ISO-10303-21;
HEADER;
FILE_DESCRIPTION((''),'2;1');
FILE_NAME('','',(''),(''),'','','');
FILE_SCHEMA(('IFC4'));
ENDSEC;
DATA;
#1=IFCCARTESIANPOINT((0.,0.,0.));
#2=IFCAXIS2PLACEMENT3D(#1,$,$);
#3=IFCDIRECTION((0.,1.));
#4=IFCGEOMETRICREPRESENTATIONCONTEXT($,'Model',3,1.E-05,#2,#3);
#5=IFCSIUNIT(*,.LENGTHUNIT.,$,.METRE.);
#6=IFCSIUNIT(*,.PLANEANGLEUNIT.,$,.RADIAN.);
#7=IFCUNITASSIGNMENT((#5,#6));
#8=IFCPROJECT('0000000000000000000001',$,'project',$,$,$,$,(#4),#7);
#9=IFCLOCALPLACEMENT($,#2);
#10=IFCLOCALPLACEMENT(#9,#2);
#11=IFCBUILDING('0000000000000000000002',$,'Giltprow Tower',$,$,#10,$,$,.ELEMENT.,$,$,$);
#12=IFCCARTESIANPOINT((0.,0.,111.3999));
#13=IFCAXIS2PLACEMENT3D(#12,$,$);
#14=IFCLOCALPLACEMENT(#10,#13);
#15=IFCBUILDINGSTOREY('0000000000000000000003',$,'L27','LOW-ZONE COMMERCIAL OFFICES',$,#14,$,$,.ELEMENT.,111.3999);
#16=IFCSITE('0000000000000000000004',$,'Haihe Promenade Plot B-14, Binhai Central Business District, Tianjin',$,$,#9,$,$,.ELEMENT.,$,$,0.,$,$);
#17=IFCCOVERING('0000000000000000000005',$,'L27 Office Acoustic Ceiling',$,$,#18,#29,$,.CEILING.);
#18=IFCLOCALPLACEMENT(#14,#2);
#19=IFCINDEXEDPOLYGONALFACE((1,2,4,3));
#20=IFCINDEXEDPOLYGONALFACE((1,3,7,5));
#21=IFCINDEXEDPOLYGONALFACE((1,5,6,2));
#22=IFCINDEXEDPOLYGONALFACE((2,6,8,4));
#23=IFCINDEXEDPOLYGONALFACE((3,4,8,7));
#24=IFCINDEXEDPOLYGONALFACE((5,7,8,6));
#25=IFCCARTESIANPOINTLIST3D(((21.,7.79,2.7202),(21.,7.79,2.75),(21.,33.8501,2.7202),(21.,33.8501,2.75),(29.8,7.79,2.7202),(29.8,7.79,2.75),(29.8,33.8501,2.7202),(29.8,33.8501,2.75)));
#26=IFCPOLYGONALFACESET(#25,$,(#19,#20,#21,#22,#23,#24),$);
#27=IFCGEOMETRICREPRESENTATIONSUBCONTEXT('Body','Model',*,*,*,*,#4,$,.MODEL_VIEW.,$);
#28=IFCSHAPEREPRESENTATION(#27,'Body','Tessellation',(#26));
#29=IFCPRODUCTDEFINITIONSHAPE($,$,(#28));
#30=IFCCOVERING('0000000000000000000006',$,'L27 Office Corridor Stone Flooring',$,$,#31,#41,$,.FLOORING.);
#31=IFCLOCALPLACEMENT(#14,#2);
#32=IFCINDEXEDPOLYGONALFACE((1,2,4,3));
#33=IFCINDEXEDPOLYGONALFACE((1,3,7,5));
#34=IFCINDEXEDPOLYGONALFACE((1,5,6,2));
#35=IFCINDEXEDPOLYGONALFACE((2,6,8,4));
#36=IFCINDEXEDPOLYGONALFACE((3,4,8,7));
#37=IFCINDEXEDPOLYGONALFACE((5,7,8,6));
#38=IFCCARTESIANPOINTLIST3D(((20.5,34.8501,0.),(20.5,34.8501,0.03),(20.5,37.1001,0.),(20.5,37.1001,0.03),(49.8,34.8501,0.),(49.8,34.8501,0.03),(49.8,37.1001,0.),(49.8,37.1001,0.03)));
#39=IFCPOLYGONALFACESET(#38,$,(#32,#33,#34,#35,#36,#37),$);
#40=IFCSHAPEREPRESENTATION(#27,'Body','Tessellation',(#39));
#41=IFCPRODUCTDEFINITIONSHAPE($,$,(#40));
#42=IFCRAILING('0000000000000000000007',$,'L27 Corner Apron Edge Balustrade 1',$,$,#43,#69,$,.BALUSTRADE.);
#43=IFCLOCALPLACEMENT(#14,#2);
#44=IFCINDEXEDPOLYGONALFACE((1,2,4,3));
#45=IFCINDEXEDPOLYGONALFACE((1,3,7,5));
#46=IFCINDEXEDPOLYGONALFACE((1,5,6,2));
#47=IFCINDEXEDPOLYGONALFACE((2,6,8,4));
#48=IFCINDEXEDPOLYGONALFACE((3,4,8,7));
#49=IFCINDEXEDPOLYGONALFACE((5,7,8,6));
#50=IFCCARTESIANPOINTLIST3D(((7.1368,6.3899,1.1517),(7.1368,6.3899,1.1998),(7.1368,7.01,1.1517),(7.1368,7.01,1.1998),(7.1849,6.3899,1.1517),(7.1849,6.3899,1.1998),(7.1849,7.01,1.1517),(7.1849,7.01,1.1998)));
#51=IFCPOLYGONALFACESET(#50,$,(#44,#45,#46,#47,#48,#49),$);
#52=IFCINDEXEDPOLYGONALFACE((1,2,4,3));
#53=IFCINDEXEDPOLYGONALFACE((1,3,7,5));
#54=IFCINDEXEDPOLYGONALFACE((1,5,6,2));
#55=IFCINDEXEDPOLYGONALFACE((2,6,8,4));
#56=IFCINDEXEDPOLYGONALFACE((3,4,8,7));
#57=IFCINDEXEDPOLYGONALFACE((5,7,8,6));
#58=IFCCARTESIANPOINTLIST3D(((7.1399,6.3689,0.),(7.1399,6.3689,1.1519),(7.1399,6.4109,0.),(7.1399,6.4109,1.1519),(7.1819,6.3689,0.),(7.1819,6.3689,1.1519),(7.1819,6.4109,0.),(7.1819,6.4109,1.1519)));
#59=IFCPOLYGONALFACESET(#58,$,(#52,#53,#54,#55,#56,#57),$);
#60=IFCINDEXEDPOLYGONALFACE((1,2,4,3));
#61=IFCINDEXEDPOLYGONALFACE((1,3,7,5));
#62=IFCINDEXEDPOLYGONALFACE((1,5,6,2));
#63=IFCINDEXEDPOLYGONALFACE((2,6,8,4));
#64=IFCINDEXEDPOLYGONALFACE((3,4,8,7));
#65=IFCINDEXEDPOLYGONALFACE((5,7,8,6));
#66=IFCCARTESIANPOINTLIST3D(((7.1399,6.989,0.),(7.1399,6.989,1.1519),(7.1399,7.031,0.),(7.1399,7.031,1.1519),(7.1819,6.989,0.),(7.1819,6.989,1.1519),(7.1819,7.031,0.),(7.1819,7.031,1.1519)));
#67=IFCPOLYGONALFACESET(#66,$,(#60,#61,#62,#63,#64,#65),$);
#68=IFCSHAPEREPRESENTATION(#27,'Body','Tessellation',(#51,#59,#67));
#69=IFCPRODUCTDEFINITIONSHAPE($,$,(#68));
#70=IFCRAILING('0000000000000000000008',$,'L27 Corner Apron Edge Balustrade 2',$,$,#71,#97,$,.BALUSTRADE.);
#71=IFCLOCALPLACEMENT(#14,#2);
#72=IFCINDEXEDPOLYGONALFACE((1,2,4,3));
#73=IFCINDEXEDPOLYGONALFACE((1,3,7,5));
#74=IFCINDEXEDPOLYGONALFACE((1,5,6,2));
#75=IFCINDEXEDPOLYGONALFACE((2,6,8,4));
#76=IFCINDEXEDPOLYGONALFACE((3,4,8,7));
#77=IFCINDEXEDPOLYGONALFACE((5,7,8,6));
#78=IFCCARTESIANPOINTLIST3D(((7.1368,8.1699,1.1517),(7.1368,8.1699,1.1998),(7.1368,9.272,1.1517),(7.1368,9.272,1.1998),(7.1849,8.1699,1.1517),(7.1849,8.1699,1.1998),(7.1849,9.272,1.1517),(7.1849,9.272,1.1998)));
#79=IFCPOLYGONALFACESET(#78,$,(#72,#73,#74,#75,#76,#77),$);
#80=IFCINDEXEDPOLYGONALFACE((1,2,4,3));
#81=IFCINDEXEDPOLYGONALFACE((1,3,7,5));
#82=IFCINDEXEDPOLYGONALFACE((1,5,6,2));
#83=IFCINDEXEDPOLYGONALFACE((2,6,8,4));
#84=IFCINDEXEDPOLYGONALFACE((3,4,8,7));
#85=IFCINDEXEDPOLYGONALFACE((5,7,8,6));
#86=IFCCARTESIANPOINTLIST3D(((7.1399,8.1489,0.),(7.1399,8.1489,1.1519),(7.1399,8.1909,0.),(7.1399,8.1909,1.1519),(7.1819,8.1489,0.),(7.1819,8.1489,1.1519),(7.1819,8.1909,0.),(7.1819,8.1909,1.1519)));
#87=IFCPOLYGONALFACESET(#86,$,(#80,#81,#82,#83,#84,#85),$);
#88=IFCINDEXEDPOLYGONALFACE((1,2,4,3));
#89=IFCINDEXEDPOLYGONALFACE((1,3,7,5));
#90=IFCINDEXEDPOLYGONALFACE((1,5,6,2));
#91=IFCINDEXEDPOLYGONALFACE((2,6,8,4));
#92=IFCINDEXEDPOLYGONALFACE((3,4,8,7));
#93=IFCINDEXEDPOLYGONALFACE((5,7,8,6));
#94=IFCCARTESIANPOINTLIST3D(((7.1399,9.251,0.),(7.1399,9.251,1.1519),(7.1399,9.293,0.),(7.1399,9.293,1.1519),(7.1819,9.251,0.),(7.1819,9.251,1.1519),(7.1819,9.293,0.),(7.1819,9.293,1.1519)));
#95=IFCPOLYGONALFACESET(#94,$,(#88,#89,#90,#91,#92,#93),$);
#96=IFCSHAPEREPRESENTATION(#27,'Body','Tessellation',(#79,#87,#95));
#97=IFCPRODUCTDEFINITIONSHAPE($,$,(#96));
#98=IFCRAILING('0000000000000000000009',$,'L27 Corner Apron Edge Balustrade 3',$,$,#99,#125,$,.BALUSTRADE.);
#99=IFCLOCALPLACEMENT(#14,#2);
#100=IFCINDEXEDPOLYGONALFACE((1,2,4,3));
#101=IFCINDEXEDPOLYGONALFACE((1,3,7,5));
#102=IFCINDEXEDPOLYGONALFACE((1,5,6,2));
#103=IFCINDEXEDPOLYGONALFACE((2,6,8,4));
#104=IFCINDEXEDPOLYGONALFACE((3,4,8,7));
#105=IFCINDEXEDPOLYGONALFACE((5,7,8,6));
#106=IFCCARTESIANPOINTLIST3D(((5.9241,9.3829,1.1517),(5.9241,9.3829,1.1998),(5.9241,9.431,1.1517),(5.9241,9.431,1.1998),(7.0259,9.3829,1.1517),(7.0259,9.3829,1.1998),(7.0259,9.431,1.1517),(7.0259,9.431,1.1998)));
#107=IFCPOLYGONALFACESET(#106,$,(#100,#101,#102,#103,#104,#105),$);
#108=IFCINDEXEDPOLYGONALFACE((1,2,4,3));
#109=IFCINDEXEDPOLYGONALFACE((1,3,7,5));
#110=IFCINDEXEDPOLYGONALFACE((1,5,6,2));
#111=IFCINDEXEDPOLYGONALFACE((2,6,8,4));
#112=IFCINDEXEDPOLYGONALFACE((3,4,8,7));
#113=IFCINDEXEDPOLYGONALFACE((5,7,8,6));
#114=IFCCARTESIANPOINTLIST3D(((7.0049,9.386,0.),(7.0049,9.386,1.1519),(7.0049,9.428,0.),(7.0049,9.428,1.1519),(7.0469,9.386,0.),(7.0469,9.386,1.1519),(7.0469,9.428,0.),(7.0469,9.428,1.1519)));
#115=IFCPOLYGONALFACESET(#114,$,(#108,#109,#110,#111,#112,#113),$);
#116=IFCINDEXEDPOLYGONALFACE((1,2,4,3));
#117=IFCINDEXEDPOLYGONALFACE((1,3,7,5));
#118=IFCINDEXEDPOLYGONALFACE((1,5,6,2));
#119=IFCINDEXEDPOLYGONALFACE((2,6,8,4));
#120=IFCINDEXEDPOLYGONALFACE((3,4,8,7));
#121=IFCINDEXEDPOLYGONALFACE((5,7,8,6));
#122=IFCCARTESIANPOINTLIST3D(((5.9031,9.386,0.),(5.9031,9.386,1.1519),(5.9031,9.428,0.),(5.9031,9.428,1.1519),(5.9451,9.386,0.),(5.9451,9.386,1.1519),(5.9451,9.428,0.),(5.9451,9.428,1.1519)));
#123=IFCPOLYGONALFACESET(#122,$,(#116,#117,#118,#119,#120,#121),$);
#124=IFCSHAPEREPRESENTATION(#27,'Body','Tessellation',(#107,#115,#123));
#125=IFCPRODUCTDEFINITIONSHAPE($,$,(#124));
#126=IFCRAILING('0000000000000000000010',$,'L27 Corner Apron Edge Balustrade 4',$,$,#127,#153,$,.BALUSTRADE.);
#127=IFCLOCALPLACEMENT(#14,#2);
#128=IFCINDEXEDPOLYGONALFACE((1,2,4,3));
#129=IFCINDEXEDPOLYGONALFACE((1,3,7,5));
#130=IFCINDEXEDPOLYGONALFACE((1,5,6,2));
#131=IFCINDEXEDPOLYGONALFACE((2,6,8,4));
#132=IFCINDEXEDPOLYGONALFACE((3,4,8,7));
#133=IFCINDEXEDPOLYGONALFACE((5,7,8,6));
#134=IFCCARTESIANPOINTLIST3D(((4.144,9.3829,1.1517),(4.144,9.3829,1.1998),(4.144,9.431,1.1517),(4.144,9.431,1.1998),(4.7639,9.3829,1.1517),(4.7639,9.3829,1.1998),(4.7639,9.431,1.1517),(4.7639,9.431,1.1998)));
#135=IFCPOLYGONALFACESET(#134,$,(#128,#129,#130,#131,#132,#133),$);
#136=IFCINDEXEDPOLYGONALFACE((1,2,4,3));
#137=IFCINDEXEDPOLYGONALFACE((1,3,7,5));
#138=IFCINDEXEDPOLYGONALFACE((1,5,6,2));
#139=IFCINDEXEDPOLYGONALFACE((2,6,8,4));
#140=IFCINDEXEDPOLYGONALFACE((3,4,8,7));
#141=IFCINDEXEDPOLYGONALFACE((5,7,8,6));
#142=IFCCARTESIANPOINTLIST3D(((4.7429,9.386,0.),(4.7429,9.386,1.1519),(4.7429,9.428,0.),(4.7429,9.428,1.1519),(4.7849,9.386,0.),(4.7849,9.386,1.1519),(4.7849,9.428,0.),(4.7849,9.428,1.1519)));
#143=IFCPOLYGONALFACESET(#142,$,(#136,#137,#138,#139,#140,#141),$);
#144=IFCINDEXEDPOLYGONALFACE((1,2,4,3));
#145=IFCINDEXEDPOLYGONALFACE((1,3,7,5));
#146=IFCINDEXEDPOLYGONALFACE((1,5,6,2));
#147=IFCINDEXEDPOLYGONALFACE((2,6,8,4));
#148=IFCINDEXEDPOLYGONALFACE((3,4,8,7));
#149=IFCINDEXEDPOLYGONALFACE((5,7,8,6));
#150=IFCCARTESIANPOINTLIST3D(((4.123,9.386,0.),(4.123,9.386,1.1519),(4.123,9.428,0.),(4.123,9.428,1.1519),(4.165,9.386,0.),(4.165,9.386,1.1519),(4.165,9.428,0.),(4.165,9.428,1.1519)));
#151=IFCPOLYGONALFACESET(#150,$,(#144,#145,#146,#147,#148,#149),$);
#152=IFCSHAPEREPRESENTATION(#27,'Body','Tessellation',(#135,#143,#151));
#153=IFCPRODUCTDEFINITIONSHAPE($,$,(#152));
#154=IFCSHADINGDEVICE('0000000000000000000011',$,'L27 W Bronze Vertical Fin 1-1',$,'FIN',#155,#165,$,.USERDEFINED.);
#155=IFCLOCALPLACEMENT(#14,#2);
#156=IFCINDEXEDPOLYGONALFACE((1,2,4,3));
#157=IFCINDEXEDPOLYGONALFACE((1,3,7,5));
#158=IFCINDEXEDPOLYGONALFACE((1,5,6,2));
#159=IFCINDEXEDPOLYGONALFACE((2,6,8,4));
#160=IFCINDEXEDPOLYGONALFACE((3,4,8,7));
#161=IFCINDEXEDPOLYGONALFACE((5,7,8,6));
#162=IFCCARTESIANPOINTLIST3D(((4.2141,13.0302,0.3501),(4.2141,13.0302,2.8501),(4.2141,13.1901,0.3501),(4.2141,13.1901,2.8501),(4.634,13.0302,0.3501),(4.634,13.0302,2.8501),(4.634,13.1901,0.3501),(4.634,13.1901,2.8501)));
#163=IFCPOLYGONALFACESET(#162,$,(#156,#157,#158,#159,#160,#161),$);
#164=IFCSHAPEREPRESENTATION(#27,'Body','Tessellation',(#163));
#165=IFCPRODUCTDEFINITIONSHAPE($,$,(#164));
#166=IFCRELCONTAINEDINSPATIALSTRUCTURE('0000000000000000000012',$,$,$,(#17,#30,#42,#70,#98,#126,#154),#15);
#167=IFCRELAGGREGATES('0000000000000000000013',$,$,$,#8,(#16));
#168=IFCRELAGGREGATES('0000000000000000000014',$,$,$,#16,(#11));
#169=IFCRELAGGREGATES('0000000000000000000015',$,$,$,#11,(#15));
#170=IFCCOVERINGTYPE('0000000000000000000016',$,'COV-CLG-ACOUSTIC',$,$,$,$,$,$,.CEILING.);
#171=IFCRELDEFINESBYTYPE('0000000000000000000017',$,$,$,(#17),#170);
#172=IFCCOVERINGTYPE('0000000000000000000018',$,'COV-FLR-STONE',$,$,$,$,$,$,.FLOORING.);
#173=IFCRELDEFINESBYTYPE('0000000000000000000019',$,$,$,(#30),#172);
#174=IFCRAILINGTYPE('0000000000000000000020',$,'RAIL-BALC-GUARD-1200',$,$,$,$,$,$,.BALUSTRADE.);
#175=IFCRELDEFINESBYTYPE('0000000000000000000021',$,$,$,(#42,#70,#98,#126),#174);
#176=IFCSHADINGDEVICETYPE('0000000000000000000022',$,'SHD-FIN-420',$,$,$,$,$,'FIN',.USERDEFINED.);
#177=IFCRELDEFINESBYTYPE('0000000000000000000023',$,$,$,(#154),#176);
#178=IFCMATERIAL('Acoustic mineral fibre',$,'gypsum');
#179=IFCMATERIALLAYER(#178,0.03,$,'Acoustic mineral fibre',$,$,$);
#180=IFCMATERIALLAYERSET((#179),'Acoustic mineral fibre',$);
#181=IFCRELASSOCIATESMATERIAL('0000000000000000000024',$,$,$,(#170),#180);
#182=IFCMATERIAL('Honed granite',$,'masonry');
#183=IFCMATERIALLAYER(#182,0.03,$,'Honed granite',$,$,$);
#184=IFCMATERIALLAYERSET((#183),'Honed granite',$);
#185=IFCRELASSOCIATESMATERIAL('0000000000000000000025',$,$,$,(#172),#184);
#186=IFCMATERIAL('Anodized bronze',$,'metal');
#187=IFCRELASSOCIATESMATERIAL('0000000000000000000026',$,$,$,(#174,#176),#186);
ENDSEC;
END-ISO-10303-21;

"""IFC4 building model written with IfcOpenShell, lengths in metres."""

from ifc_helpers import new_model, si_unit, direction, frame, origin, origin_2d, place, context, subcontext, project, spatial, polyline, rectangle, outline, extrude, source, transform, mapped, material, layer, layer_set, type_object, element, save


model = new_model("IFC4")

# Units and contexts
model_context = context("Model", 3, precision=1e-05, world=origin(), true_north=direction((0.0, 1.0)))
body_context = subcontext(model_context, "Body", "Model", "MODEL_VIEW")
ifc_project = project(units=[si_unit("LENGTHUNIT", "METRE"), si_unit("PLANEANGLEUNIT", "RADIAN")], contexts=[model_context])

# Site, building, storey
site_placement = place(None, origin())
site = spatial("IfcSite", under=ifc_project, at=site_placement, Name="Haihe Promenade Plot B-14, Binhai Central Business District, Tianjin", CompositionType="ELEMENT", RefElevation=0.0)
building_placement = place(site_placement, origin())
building = spatial("IfcBuilding", under=site, at=building_placement, Name="Giltprow Tower", CompositionType="ELEMENT")
storey_placement = place(building_placement, frame((0.0, 0.0, 111.3999)))
storey = spatial("IfcBuildingStorey", under=building, at=storey_placement, Name="L27", Description="LOW-ZONE COMMERCIAL OFFICES", CompositionType="ELEMENT", Elevation=111.3999)

# Shared definitions
ifc_material_1 = material(Name="Anodized bronze", Category="metal")

# Coverings
ifc_material_2 = material(Name="Acoustic mineral fibre", Category="gypsum")
ifc_layer_1 = layer(ifc_material_2, 0.03, Name="Acoustic mineral fibre")
ifc_layer_set_1 = layer_set([ifc_layer_1], Name="Acoustic mineral fibre")
covering_type_1 = type_object("IfcCoveringType", Name="COV-CLG-ACOUSTIC", PredefinedType="CEILING", material=ifc_layer_set_1)
covering_1_placement = place(storey_placement, frame((0.0, 0.0, 2.7202)))
element("IfcCovering", 1, at=covering_1_placement, inside=storey, type_object=covering_type_1, Name="L27 Office Acoustic Ceiling", PredefinedType="CEILING", context=body_context, shape_type="SweptSolid", body=[
    extrude(outline(polyline([(21.0, 7.79), (29.8, 7.79), (29.8, 33.8501), (21.0, 33.8501), (21.0, 7.79)])), origin(), (0.0, 0.0, 1.0), 0.0298),
])
ifc_material_3 = material(Name="Honed granite", Category="masonry")
ifc_layer_2 = layer(ifc_material_3, 0.03, Name="Honed granite")
ifc_layer_set_2 = layer_set([ifc_layer_2], Name="Honed granite")
covering_type_2 = type_object("IfcCoveringType", Name="COV-FLR-STONE", PredefinedType="FLOORING", material=ifc_layer_set_2)
covering_2_placement = place(storey_placement, origin())
element("IfcCovering", 2, at=covering_2_placement, inside=storey, type_object=covering_type_2, Name="L27 Office Corridor Stone Flooring", PredefinedType="FLOORING", context=body_context, shape_type="SweptSolid", body=[
    extrude(outline(polyline([(20.5, 34.8501), (49.8, 34.8501), (49.8, 37.1001), (20.5, 37.1001), (20.5, 34.8501)])), origin(), (0.0, 0.0, 1.0), 0.03),
])

# Railings
railing_type = type_object("IfcRailingType", Name="RAIL-BALC-GUARD-1200", PredefinedType="BALUSTRADE", material=ifc_material_1)
railing_1_placement = place(storey_placement, frame((7.1609, 6.3899, 0.0)))
element("IfcRailing", 3, at=railing_1_placement, inside=storey, type_object=railing_type, Name="L27 Corner Apron Edge Balustrade 1", PredefinedType="BALUSTRADE", context=body_context, shape_type="SweptSolid", body=[
    extrude(rectangle(XDim=0.0481, YDim=0.0481, at=origin_2d()), frame((0.0, 0.0, 1.1758), z_axis=(0.0, 1.0, 0.0), x_axis=(-1.0, 0.0, 0.0)), (0.0, 0.0, 1.0), 0.6201),
    extrude(rectangle(XDim=0.042, YDim=0.042, at=origin_2d()), origin(), (0.0, 0.0, 1.0), 1.1519),
    extrude(rectangle(XDim=0.042, YDim=0.042, at=origin_2d()), frame((0.0, 0.6201, 0.0)), (0.0, 0.0, 1.0), 1.1519),
])
railing_2_placement = place(storey_placement, frame((7.1609, 8.1699, 0.0)))
element("IfcRailing", 4, at=railing_2_placement, inside=storey, type_object=railing_type, Name="L27 Corner Apron Edge Balustrade 2", PredefinedType="BALUSTRADE", context=body_context, shape_type="SweptSolid", body=[
    extrude(rectangle(XDim=0.0481, YDim=0.0481, at=origin_2d()), frame((0.0, 0.0, 1.1758), z_axis=(0.0, 1.0, 0.0), x_axis=(-1.0, 0.0, 0.0)), (0.0, 0.0, 1.0), 1.1021),
    extrude(rectangle(XDim=0.042, YDim=0.042, at=origin_2d()), origin(), (0.0, 0.0, 1.0), 1.1519),
    extrude(rectangle(XDim=0.042, YDim=0.042, at=origin_2d()), frame((0.0, 1.1021, 0.0)), (0.0, 0.0, 1.0), 1.1519),
])
railing_3_placement = place(storey_placement, frame((7.0259, 9.407, 0.0)))
element("IfcRailing", 5, at=railing_3_placement, inside=storey, type_object=railing_type, Name="L27 Corner Apron Edge Balustrade 3", PredefinedType="BALUSTRADE", context=body_context, shape_type="SweptSolid", body=[
    extrude(rectangle(XDim=0.0481, YDim=0.0481, at=origin_2d()), frame((0.0, 0.0, 1.1758), z_axis=(-1.0, 0.0, 0.0), x_axis=(0.0, -1.0, 0.0)), (0.0, 0.0, 1.0), 1.1018),
    extrude(rectangle(XDim=0.042, YDim=0.042, at=origin_2d()), origin(), (0.0, 0.0, 1.0), 1.1519),
    extrude(rectangle(XDim=0.042, YDim=0.042, at=origin_2d()), frame((-1.1018, 0.0, 0.0)), (0.0, 0.0, 1.0), 1.1519),
])
railing_4_placement = place(storey_placement, frame((4.7639, 9.407, 0.0)))
element("IfcRailing", 6, at=railing_4_placement, inside=storey, type_object=railing_type, Name="L27 Corner Apron Edge Balustrade 4", PredefinedType="BALUSTRADE", context=body_context, shape_type="SweptSolid", body=[
    extrude(rectangle(XDim=0.0481, YDim=0.0481, at=origin_2d()), frame((0.0, 0.0, 1.1758), z_axis=(-1.0, 0.0, 0.0), x_axis=(0.0, -1.0, 0.0)), (0.0, 0.0, 1.0), 0.6199),
    extrude(rectangle(XDim=0.042, YDim=0.042, at=origin_2d()), origin(), (0.0, 0.0, 1.0), 1.1519),
    extrude(rectangle(XDim=0.042, YDim=0.042, at=origin_2d()), frame((-0.6199, 0.0, 0.0)), (0.0, 0.0, 1.0), 1.1519),
])

# Shading device
shading_device_type = type_object("IfcShadingDeviceType", Name="SHD-FIN-420", ElementType="FIN", PredefinedType="USERDEFINED", material=ifc_material_1)
shared_shape_1 = source(origin(), body_context, "Body", "SweptSolid", [
    extrude(rectangle(XDim=0.4199, YDim=0.1599, at=origin_2d()), origin(), (0.0, 0.0, 1.0), 2.5),
])
shading_device_placement = place(storey_placement, frame((4.4241, 13.1101, 0.3501), z_axis=(0.0, 0.0, 1.0), x_axis=(1.0, 0.0, 0.0)))
element("IfcShadingDevice", 7, at=shading_device_placement, inside=storey, type_object=shading_device_type, Name="L27 W Bronze Vertical Fin 1-1", ObjectType="FIN", PredefinedType="USERDEFINED", context=body_context, shape_type="MappedRepresentation", body=[
    mapped(shared_shape_1, transform((0.0, 0.0, 0.0), x_axis=(1.0, 0.0, 0.0), y_axis=(0.0, 1.0, 0.0), z_axis=(0.0, 0.0, 1.0), scale=1.0)),
])

save(model, "model.ifc")
